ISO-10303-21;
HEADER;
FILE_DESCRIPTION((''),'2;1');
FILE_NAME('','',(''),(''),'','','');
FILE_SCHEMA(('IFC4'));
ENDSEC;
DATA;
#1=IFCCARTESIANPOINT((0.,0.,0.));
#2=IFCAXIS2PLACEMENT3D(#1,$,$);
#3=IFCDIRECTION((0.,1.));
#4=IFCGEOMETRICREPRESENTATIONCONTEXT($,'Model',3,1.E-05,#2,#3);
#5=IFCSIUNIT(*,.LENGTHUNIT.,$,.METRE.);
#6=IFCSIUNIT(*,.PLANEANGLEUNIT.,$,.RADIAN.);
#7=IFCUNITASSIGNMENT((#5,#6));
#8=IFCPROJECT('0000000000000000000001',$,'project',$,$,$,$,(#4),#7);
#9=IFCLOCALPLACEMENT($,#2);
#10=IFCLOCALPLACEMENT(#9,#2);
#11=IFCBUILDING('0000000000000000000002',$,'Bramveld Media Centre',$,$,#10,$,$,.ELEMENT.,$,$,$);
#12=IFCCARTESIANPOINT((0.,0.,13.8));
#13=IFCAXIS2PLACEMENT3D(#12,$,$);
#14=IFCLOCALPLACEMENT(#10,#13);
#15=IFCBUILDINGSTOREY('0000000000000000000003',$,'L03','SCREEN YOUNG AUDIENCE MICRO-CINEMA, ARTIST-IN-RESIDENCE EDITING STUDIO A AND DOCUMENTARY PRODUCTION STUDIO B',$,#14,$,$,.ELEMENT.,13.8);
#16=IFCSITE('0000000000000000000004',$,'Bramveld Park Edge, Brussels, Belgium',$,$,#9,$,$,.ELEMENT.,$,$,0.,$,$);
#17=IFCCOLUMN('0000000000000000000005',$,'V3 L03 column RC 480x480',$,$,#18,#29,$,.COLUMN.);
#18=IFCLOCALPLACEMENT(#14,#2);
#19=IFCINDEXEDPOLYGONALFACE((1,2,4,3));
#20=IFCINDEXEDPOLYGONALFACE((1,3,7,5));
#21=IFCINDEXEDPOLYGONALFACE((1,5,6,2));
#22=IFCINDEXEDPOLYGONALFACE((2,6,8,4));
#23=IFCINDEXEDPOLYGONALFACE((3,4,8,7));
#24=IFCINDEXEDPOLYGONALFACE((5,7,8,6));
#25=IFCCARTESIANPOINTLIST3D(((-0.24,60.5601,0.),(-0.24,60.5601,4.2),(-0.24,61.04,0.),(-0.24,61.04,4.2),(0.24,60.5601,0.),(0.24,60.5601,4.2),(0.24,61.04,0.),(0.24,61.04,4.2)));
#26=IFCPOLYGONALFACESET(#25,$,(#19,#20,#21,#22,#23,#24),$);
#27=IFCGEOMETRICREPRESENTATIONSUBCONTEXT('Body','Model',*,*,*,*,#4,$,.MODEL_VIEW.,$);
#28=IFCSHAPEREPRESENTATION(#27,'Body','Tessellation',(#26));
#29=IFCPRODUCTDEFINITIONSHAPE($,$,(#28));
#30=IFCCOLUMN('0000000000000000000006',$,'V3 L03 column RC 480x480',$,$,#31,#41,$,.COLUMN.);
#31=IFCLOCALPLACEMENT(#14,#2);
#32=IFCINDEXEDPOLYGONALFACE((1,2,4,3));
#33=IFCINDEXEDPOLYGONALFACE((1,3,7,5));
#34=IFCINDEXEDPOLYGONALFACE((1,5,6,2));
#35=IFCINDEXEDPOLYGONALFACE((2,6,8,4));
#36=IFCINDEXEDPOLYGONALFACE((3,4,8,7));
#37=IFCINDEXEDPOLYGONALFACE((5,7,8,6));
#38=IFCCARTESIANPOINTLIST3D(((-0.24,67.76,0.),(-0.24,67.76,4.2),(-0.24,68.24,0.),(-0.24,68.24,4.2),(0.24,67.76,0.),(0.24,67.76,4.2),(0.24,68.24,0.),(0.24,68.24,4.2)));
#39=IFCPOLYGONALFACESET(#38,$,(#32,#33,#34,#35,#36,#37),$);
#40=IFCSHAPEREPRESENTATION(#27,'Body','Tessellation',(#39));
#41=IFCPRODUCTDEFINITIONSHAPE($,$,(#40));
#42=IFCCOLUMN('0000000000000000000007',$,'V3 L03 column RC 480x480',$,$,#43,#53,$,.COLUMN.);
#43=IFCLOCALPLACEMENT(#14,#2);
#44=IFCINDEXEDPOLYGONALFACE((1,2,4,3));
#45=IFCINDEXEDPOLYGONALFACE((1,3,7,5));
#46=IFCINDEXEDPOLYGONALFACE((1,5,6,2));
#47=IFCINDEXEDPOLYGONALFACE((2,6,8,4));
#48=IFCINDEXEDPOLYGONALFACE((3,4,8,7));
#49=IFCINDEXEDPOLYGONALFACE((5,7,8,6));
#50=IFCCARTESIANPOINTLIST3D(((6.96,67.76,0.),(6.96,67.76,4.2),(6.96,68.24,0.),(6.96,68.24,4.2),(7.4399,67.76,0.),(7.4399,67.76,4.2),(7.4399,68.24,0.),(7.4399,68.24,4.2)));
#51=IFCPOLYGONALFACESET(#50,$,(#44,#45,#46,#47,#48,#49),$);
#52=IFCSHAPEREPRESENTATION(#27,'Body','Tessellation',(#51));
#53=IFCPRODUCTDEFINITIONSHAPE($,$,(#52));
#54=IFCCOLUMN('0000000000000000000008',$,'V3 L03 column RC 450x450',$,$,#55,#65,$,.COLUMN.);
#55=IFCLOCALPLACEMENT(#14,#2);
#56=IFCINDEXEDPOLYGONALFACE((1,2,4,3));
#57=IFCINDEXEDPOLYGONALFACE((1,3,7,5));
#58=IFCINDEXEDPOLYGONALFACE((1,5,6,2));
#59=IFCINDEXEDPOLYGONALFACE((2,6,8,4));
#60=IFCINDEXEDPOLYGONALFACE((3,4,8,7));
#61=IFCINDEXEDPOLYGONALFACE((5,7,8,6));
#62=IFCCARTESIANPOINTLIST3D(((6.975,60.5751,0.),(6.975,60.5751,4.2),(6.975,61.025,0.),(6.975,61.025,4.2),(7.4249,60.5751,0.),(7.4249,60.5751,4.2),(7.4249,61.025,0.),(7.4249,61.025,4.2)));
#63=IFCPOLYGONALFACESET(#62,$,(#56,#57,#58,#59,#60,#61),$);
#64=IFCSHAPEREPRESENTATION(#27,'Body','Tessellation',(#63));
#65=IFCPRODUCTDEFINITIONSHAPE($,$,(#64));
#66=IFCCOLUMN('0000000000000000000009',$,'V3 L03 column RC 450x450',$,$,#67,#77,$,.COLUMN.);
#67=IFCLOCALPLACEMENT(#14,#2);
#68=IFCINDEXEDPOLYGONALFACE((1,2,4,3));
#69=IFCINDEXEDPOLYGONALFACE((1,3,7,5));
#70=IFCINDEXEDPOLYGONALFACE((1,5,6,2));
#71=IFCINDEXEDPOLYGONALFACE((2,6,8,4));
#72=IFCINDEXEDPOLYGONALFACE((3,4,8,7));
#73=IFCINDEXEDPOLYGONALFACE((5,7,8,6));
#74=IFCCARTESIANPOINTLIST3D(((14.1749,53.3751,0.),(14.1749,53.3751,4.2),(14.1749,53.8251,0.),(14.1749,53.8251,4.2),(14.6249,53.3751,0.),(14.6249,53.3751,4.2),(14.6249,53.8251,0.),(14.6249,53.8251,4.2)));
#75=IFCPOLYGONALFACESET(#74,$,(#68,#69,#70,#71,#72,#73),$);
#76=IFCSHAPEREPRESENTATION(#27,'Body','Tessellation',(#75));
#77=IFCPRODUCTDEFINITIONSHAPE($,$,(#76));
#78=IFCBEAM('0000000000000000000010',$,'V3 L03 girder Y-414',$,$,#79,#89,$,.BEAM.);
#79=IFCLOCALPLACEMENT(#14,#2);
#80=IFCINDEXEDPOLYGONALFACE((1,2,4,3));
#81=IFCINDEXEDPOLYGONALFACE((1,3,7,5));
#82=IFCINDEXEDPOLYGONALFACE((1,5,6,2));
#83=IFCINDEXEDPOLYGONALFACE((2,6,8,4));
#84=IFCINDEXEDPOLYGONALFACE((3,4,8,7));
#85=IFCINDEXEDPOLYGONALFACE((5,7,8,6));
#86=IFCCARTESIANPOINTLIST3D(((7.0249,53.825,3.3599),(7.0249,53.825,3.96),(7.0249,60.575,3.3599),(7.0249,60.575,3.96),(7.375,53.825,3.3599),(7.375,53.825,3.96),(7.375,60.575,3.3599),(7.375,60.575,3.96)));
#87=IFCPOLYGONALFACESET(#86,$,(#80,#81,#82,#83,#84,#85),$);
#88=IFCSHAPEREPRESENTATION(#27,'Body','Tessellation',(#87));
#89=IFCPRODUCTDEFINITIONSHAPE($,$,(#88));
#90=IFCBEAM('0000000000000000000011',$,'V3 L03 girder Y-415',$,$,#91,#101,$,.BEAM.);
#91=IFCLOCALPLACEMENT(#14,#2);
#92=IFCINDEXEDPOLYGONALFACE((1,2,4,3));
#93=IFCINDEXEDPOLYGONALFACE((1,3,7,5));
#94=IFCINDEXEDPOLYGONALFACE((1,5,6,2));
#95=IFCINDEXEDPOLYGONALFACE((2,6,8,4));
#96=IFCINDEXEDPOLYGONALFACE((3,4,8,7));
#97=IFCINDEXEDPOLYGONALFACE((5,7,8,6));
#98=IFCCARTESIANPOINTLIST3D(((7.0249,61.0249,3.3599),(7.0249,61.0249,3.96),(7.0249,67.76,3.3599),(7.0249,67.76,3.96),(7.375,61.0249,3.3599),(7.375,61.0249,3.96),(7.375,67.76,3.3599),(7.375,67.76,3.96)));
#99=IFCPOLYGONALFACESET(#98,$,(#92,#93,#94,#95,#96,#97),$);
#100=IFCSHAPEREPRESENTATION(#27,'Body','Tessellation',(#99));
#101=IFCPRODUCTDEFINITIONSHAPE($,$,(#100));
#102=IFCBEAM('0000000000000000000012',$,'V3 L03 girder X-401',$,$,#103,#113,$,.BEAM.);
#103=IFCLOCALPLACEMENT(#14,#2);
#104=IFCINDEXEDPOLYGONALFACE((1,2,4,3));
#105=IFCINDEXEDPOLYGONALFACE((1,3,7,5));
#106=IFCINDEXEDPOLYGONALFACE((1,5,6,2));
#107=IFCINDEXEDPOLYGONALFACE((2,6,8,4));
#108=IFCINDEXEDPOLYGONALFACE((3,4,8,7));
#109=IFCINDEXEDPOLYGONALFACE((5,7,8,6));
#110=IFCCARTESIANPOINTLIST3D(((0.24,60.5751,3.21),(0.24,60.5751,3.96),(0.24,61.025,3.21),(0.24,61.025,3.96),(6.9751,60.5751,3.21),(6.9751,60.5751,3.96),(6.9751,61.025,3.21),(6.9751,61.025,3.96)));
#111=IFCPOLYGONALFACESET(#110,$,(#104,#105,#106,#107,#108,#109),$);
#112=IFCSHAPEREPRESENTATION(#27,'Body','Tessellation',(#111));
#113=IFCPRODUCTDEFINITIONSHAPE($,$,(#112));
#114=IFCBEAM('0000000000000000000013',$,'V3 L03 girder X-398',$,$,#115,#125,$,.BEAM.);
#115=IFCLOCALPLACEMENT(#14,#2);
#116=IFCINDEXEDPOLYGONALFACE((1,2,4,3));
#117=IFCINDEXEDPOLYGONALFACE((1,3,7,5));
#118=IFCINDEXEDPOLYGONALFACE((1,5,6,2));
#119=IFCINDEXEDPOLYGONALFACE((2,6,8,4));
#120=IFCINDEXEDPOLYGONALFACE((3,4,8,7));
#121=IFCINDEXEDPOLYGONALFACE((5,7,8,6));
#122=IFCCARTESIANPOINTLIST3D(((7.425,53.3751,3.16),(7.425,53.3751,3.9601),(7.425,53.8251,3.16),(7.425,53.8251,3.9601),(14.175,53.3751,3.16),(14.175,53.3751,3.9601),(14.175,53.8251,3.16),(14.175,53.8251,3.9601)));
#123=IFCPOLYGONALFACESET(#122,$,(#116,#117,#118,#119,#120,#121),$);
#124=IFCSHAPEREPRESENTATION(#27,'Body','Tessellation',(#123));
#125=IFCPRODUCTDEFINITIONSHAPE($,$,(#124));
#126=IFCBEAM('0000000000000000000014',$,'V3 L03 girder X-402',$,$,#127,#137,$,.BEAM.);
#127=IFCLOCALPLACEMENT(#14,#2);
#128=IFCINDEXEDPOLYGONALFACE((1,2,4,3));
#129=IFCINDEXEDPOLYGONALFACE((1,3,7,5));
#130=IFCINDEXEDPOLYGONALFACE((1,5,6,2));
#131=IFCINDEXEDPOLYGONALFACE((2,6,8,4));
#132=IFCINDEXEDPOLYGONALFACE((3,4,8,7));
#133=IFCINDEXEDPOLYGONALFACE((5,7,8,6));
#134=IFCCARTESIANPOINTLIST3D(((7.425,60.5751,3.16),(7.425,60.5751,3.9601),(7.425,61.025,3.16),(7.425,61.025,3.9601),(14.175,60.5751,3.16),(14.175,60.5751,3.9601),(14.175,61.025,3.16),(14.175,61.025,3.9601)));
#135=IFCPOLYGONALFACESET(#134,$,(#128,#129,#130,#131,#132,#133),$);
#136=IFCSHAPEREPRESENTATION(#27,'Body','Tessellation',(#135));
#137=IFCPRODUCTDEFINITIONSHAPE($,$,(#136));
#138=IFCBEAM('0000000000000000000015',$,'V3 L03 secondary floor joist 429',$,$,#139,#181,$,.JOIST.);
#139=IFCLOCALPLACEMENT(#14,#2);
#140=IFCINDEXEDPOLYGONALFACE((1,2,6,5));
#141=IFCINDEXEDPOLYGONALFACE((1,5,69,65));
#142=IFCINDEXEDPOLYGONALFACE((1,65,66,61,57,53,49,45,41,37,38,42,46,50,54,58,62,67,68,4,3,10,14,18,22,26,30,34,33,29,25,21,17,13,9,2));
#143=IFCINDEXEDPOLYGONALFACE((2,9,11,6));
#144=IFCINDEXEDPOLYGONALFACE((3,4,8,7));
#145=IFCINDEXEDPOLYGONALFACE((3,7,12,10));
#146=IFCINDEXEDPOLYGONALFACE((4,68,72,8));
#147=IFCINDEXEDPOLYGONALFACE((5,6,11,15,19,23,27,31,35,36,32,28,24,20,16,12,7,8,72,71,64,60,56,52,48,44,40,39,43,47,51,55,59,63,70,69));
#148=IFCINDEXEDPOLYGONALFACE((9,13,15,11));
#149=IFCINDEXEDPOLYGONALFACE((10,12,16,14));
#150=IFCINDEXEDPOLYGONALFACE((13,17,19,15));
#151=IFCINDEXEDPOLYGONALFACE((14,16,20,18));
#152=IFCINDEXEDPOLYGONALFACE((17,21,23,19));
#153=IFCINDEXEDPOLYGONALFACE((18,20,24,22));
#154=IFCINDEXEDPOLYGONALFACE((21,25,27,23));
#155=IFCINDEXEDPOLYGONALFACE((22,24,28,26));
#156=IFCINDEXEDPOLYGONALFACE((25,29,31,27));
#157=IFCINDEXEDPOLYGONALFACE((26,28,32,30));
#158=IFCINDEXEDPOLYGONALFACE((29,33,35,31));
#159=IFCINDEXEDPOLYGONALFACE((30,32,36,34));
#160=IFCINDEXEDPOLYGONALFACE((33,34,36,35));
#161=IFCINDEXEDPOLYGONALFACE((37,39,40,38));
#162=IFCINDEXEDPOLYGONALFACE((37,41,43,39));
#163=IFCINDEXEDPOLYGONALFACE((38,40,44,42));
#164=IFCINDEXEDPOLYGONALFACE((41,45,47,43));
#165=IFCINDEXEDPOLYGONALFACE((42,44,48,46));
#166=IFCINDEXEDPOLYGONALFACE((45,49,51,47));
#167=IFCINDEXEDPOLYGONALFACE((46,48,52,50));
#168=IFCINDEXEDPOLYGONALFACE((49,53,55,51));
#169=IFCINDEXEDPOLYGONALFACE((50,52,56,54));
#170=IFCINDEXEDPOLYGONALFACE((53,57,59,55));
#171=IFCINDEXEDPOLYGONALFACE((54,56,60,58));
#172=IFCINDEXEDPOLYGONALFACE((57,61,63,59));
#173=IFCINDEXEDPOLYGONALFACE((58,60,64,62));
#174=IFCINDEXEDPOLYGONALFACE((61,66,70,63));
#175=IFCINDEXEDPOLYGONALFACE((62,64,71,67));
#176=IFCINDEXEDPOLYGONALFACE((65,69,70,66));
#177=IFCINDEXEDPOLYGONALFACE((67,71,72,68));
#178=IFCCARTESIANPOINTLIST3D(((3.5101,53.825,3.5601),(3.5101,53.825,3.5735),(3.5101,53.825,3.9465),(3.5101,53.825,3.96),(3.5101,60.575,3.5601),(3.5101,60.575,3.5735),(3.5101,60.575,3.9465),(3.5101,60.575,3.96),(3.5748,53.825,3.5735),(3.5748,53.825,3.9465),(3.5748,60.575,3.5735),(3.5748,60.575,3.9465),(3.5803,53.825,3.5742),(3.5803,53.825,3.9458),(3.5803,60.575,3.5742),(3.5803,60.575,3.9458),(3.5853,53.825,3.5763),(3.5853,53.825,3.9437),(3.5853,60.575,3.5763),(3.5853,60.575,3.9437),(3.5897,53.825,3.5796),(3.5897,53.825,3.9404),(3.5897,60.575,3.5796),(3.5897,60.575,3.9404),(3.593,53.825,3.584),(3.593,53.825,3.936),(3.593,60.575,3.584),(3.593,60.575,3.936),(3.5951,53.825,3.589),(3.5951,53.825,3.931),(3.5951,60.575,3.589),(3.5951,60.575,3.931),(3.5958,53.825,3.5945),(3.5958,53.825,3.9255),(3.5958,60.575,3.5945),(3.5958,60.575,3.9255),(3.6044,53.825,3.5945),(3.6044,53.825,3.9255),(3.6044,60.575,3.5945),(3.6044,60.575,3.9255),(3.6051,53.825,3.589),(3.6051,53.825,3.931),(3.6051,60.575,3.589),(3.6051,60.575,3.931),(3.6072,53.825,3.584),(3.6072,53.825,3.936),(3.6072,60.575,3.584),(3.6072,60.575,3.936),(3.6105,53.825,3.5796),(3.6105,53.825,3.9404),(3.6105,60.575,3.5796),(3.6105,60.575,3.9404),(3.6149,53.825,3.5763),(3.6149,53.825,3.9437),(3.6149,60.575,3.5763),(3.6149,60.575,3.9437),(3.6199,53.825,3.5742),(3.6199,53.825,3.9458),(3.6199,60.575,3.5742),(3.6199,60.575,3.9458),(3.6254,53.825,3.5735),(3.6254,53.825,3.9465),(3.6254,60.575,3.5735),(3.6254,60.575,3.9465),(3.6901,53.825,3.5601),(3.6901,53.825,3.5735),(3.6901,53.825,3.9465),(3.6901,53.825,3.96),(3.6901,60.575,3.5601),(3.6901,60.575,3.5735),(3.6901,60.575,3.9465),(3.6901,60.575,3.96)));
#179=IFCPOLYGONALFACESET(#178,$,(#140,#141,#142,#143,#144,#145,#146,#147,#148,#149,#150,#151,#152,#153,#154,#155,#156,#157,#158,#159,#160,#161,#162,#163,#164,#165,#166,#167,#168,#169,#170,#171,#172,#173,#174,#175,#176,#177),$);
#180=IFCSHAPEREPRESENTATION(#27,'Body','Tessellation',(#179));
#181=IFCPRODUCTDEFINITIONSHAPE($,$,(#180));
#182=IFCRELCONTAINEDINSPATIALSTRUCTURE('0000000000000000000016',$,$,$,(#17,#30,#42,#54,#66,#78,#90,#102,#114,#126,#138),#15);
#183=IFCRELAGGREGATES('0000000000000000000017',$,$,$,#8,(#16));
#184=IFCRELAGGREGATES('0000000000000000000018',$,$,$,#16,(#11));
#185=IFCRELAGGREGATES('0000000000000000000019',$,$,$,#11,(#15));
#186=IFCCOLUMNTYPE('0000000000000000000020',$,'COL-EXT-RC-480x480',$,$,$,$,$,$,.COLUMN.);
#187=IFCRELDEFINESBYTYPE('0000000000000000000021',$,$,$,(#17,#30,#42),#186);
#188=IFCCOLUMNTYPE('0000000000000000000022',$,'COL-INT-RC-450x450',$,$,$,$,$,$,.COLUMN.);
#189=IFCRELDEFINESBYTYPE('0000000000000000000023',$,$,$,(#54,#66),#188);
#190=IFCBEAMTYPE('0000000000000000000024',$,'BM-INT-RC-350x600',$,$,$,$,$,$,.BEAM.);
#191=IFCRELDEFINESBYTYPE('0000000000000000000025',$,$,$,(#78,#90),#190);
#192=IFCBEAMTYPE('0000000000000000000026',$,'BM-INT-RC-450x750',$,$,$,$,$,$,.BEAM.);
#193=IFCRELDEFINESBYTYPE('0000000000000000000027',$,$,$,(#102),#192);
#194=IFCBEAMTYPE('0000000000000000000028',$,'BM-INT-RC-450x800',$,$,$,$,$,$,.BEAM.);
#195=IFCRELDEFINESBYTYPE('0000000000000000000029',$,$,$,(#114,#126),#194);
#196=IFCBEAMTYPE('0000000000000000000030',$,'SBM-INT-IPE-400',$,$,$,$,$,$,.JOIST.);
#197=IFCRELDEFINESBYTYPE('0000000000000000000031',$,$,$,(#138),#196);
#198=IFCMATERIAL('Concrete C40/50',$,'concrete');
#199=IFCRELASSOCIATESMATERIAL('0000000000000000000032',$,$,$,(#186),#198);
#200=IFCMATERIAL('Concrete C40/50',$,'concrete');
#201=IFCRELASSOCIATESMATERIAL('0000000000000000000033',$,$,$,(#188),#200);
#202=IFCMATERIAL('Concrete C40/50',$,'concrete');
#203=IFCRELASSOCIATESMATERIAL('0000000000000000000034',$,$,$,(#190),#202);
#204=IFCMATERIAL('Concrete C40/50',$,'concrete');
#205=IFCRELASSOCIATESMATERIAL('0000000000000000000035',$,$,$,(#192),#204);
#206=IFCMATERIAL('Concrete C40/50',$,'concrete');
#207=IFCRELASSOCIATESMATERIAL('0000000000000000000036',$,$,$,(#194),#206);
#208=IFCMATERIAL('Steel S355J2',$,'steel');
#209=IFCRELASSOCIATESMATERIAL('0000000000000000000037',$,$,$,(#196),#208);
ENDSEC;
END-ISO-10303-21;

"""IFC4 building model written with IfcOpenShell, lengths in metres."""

from ifc_helpers import new_model, si_unit, direction, frame, origin, origin_2d, place, context, subcontext, project, spatial, rectangle, i_section, extrude, material, material_profile, profile_set, type_object, element, save


model = new_model("IFC4")

# Units and contexts
model_context = context("Model", 3, precision=1e-05, world=origin(), true_north=direction((0.0, 1.0)))
body_context = subcontext(model_context, "Body", "Model", "MODEL_VIEW")
ifc_project = project(units=[si_unit("LENGTHUNIT", "METRE"), si_unit("PLANEANGLEUNIT", "RADIAN")], contexts=[model_context])

# Site, building, storey
site_placement = place(None, origin())
site = spatial("IfcSite", under=ifc_project, at=site_placement, Name="Bramveld Park Edge, Brussels, Belgium", CompositionType="ELEMENT", RefElevation=0.0)
building_placement = place(site_placement, origin())
building = spatial("IfcBuilding", under=site, at=building_placement, Name="Bramveld Media Centre", CompositionType="ELEMENT")
storey_placement = place(building_placement, frame((0.0, 0.0, 13.8)))
storey = spatial("IfcBuildingStorey", under=building, at=storey_placement, Name="L03", Description="SCREEN YOUNG AUDIENCE MICRO-CINEMA, ARTIST-IN-RESIDENCE EDITING STUDIO A AND DOCUMENTARY PRODUCTION STUDIO B", CompositionType="ELEMENT", Elevation=13.8)

# Columns
ifc_material_1 = material(Name="Concrete C40/50", Category="concrete")
ifc_material_profile_1 = material_profile(ifc_material_1, rectangle(XDim=0.48, YDim=0.48, at=origin_2d()), Name="RC 480x480")
ifc_profile_set_1 = profile_set([ifc_material_profile_1], Name="Concrete C40/50")
column_type_1 = type_object("IfcColumnType", Name="COL-EXT-RC-480x480", PredefinedType="COLUMN", material=ifc_profile_set_1)
for number, where, z_axis, x_axis, name in (
    (1, (0.0, 60.8, 0.0), (0.0, 0.0, 1.0), (1.0, 0.0, 0.0), "V3 L03 column RC 480x480"),
    (2, (0.0, 68.0, 0.0), (0.0, 0.0, 1.0), (1.0, 0.0, 0.0), "V3 L03 column RC 480x480"),
    (3, (7.2, 68.0, 0.0), (0.0, 0.0, 1.0), (1.0, 0.0, 0.0), "V3 L03 column RC 480x480"),
):
    element("IfcColumn", number, at=place(storey_placement, frame(where, z_axis=z_axis, x_axis=x_axis)), inside=storey, type_object=column_type_1, Name=name, PredefinedType="COLUMN", context=body_context, shape_type="SweptSolid", body=[
        extrude(rectangle(XDim=0.48, YDim=0.48, at=origin_2d()), origin(), (0.0, 0.0, 1.0), 4.2),
    ])
ifc_material_2 = material(Name="Concrete C40/50", Category="concrete")
ifc_material_profile_2 = material_profile(ifc_material_2, rectangle(XDim=0.45, YDim=0.45, at=origin_2d()), Name="RC 450x450")
ifc_profile_set_2 = profile_set([ifc_material_profile_2], Name="Concrete C40/50")
column_type_2 = type_object("IfcColumnType", Name="COL-INT-RC-450x450", PredefinedType="COLUMN", material=ifc_profile_set_2)
for number, where, z_axis, x_axis, name in (
    (4, (7.2, 60.8, 0.0), (0.0, 0.0, 1.0), (1.0, 0.0, 0.0), "V3 L03 column RC 450x450"),
    (5, (14.3999, 53.6001, 0.0), (0.0, 0.0, 1.0), (1.0, 0.0, 0.0), "V3 L03 column RC 450x450"),
):
    element("IfcColumn", number, at=place(storey_placement, frame(where, z_axis=z_axis, x_axis=x_axis)), inside=storey, type_object=column_type_2, Name=name, PredefinedType="COLUMN", context=body_context, shape_type="SweptSolid", body=[
        extrude(rectangle(XDim=0.45, YDim=0.45, at=origin_2d()), origin(), (0.0, 0.0, 1.0), 4.2),
    ])

# Beams
ifc_material_3 = material(Name="Concrete C40/50", Category="concrete")
ifc_material_profile_3 = material_profile(ifc_material_3, rectangle(XDim=0.3501, YDim=0.6001, at=origin_2d()), Name="RC 350x600")
ifc_profile_set_3 = profile_set([ifc_material_profile_3], Name="Concrete C40/50")
beam_type_1 = type_object("IfcBeamType", Name="BM-INT-RC-350x600", PredefinedType="BEAM", material=ifc_profile_set_3)
beam_1_placement = place(storey_placement, frame((7.2, 53.825, 3.6599), z_axis=(0.0, 1.0, 0.0), x_axis=(-1.0, 0.0, 0.0)))
element("IfcBeam", 6, at=beam_1_placement, inside=storey, type_object=beam_type_1, Name="V3 L03 girder Y-414", PredefinedType="BEAM", context=body_context, shape_type="SweptSolid", body=[
    extrude(rectangle(XDim=0.3501, YDim=0.6001, at=origin_2d()), origin(), (0.0, 0.0, 1.0), 6.75),
])
beam_2_placement = place(storey_placement, frame((7.2, 61.0249, 3.6599), z_axis=(0.0, 1.0, 0.0), x_axis=(-1.0, 0.0, 0.0)))
element("IfcBeam", 7, at=beam_2_placement, inside=storey, type_object=beam_type_1, Name="V3 L03 girder Y-415", PredefinedType="BEAM", context=body_context, shape_type="SweptSolid", body=[
    extrude(rectangle(XDim=0.3501, YDim=0.6001, at=origin_2d()), origin(), (0.0, 0.0, 1.0), 6.7351),
])
ifc_material_4 = material(Name="Concrete C40/50", Category="concrete")
ifc_material_profile_4 = material_profile(ifc_material_4, rectangle(XDim=0.45, YDim=0.75, at=origin_2d()), Name="RC 450x750")
ifc_profile_set_4 = profile_set([ifc_material_profile_4], Name="Concrete C40/50")
beam_type_2 = type_object("IfcBeamType", Name="BM-INT-RC-450x750", PredefinedType="BEAM", material=ifc_profile_set_4)
beam_3_placement = place(storey_placement, frame((0.24, 60.8, 3.585), z_axis=(1.0, 0.0, 0.0), x_axis=(0.0, 1.0, 0.0)))
element("IfcBeam", 8, at=beam_3_placement, inside=storey, type_object=beam_type_2, Name="V3 L03 girder X-401", PredefinedType="BEAM", context=body_context, shape_type="SweptSolid", body=[
    extrude(rectangle(XDim=0.45, YDim=0.75, at=origin_2d()), origin(), (0.0, 0.0, 1.0), 6.7351),
])
ifc_material_5 = material(Name="Concrete C40/50", Category="concrete")
ifc_material_profile_5 = material_profile(ifc_material_5, rectangle(XDim=0.45, YDim=0.8, at=origin_2d()), Name="RC 450x800")
ifc_profile_set_5 = profile_set([ifc_material_profile_5], Name="Concrete C40/50")
beam_type_3 = type_object("IfcBeamType", Name="BM-INT-RC-450x800", PredefinedType="BEAM", material=ifc_profile_set_5)
for number, where, z_axis, x_axis, name in (
    (9, (7.425, 53.6001, 3.5601), (1.0, 0.0, 0.0), (0.0, 1.0, 0.0), "V3 L03 girder X-398"),
    (10, (7.425, 60.8, 3.5601), (1.0, 0.0, 0.0), (0.0, 1.0, 0.0), "V3 L03 girder X-402"),
):
    element("IfcBeam", number, at=place(storey_placement, frame(where, z_axis=z_axis, x_axis=x_axis)), inside=storey, type_object=beam_type_3, Name=name, PredefinedType="BEAM", context=body_context, shape_type="SweptSolid", body=[
        extrude(rectangle(XDim=0.45, YDim=0.8, at=origin_2d()), origin(), (0.0, 0.0, 1.0), 6.75),
    ])
ifc_material_6 = material(Name="Steel S355J2", Category="steel")
ifc_material_profile_6 = material_profile(ifc_material_6, i_section(OverallWidth=0.1799, OverallDepth=0.3999, WebThickness=0.0085, FlangeThickness=0.0134, FilletRadius=0.021, at=origin_2d()), Name="IPE 400")
ifc_profile_set_6 = profile_set([ifc_material_profile_6], Name="Steel S355J2")
beam_type_4 = type_object("IfcBeamType", Name="SBM-INT-IPE-400", PredefinedType="JOIST", material=ifc_profile_set_6)
beam_4_placement = place(storey_placement, frame((3.6001, 53.825, 3.76), z_axis=(0.0, 1.0, 0.0), x_axis=(-1.0, 0.0, 0.0)))
element("IfcBeam", 11, at=beam_4_placement, inside=storey, type_object=beam_type_4, Name="V3 L03 secondary floor joist 429", PredefinedType="JOIST", context=body_context, shape_type="SweptSolid", body=[
    extrude(i_section(OverallWidth=0.1799, OverallDepth=0.3999, WebThickness=0.0085, FlangeThickness=0.0134, FilletRadius=0.021, at=origin_2d()), origin(), (0.0, 0.0, 1.0), 6.75),
])

save(model, "model.ifc")
